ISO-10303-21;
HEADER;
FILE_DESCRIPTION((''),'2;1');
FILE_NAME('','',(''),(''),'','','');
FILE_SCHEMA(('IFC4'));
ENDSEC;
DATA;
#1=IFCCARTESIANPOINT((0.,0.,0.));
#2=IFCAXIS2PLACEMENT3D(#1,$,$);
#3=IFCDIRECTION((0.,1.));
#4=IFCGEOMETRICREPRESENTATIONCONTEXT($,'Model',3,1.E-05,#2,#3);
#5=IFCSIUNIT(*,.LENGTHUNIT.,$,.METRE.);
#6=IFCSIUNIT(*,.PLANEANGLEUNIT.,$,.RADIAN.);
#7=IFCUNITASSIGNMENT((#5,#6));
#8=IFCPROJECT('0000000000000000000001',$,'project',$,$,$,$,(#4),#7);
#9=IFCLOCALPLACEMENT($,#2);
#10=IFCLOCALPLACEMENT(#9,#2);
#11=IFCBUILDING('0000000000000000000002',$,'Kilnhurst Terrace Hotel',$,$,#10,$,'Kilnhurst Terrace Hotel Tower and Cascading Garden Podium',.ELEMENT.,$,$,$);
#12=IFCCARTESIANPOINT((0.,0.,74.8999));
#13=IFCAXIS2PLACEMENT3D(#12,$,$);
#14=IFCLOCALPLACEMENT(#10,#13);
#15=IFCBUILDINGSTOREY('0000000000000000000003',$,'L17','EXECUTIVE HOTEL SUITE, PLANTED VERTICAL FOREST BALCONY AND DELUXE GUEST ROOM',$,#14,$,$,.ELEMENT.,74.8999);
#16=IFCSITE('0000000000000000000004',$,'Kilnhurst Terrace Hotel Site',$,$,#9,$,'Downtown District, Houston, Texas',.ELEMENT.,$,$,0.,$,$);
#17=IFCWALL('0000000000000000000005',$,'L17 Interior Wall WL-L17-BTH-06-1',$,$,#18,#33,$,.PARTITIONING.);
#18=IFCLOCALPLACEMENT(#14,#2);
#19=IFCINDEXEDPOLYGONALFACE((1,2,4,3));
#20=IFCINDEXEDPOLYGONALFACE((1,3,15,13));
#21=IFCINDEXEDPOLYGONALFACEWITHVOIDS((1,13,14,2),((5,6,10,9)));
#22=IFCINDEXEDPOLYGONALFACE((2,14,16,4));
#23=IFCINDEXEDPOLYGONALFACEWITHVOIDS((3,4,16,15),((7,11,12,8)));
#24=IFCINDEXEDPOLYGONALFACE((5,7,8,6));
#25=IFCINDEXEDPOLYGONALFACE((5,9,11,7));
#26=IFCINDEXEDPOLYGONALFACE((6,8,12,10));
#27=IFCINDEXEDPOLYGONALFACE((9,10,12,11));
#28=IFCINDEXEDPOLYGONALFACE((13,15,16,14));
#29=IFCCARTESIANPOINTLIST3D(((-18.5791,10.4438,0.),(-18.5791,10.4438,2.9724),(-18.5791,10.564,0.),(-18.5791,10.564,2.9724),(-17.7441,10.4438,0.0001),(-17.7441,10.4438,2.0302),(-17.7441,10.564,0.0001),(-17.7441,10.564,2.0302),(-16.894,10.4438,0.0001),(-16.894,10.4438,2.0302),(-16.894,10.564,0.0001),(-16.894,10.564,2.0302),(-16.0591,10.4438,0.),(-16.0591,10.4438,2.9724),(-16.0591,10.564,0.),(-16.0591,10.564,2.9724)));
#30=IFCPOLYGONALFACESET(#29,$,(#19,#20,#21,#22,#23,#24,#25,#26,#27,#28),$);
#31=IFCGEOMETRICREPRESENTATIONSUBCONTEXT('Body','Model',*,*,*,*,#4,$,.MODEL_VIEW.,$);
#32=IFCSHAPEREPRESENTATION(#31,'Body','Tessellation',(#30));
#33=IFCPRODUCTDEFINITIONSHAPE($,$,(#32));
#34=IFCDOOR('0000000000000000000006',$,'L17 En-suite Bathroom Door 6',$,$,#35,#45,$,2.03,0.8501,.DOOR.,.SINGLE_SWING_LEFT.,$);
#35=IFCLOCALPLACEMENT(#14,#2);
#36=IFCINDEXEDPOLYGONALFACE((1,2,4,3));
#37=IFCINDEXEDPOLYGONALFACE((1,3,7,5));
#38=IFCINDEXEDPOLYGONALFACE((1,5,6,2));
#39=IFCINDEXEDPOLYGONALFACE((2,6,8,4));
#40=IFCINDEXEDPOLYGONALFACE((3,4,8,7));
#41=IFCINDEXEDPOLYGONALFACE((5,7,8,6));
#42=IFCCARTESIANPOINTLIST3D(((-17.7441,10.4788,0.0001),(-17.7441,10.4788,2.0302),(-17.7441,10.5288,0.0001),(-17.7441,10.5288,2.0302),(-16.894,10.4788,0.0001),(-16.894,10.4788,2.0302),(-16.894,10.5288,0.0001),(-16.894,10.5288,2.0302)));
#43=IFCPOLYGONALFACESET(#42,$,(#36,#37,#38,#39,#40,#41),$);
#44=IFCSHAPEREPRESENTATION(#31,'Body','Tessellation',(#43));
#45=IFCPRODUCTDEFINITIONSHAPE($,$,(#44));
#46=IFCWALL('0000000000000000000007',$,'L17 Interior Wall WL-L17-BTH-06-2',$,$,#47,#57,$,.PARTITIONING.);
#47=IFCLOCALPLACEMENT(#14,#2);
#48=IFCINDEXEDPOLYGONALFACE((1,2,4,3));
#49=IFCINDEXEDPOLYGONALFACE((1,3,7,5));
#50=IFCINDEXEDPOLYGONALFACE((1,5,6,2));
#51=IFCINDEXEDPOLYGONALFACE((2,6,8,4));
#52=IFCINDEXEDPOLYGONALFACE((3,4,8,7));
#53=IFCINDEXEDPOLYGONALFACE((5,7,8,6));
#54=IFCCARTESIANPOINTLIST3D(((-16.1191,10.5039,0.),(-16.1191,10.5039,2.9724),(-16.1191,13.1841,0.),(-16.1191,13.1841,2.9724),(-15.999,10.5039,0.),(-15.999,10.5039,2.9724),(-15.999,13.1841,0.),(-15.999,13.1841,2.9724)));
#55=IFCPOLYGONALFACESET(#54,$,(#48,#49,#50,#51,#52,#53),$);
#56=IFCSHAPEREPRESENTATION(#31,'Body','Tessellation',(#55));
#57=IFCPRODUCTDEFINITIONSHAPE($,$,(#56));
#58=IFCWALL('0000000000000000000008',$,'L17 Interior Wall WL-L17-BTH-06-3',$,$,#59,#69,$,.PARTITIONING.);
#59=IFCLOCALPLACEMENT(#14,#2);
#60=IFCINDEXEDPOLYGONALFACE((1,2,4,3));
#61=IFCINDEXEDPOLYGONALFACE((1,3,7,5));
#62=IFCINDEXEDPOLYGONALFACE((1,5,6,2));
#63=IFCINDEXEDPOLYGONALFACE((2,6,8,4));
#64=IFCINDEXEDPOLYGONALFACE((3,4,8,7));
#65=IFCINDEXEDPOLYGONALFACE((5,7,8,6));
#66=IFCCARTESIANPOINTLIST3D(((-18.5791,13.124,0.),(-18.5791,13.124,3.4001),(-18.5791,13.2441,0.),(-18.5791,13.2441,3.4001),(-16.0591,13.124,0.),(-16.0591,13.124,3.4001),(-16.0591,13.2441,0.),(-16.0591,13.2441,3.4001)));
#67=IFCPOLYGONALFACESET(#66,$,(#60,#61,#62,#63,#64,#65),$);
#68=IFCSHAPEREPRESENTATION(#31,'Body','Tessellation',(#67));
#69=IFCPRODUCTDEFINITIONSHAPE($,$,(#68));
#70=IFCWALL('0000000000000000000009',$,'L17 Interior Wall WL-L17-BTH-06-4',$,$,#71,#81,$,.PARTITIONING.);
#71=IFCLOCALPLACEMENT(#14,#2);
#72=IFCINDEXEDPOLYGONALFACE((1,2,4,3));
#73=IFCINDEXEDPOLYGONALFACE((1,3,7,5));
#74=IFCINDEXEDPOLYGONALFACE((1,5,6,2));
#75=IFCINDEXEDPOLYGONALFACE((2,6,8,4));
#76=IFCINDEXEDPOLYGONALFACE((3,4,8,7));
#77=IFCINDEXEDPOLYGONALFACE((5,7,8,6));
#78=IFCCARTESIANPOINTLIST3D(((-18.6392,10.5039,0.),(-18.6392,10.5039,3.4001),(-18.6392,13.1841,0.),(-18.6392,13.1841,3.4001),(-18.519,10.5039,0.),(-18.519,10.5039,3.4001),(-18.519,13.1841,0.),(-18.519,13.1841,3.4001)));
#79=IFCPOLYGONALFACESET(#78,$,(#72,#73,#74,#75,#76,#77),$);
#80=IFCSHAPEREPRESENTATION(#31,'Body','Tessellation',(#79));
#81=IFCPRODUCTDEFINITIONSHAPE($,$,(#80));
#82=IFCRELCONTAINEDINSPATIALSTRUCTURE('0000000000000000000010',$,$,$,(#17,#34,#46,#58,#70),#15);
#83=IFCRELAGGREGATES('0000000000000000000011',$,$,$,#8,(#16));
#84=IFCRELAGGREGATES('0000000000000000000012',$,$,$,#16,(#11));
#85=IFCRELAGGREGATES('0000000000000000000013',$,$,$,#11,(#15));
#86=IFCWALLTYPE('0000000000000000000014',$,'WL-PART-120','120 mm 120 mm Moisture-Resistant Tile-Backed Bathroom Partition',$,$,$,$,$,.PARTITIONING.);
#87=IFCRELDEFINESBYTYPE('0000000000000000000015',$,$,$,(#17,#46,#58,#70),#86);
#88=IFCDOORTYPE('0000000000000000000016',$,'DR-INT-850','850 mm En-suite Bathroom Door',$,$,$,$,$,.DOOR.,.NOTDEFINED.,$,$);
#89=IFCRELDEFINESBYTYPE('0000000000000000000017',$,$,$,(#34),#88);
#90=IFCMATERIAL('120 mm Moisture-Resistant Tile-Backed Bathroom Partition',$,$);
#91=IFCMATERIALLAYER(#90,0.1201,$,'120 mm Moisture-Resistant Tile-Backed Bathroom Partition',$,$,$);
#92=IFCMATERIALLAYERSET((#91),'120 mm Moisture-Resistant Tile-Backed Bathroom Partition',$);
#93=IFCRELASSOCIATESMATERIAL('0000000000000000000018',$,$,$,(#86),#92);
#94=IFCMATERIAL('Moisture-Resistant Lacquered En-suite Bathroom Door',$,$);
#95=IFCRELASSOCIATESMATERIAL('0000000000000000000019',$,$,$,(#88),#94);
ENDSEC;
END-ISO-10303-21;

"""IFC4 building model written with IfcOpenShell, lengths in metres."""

from ifc_helpers import new_model, si_unit, direction, frame, frame_2d, origin, place, context, subcontext, project, spatial, rectangle, extrude, material, layer, layer_set, type_object, element, fill, save


model = new_model("IFC4")

# Units and contexts
model_context = context("Model", 3, precision=1e-05, world=origin(), true_north=direction((0.0, 1.0)))
body_context = subcontext(model_context, "Body", "Model", "MODEL_VIEW")
ifc_project = project(units=[si_unit("LENGTHUNIT", "METRE"), si_unit("PLANEANGLEUNIT", "RADIAN")], contexts=[model_context])

# Site, building, storey
site_placement = place(None, origin())
site = spatial("IfcSite", under=ifc_project, at=site_placement, Name="Kilnhurst Terrace Hotel Site", LongName="Downtown District, Houston, Texas", CompositionType="ELEMENT", RefElevation=0.0)
building_placement = place(site_placement, origin())
building = spatial("IfcBuilding", under=site, at=building_placement, Name="Kilnhurst Terrace Hotel", LongName="Kilnhurst Terrace Hotel Tower and Cascading Garden Podium", CompositionType="ELEMENT")
storey_placement = place(building_placement, frame((0.0, 0.0, 74.8999)))
storey = spatial("IfcBuildingStorey", under=building, at=storey_placement, Name="L17", Description="EXECUTIVE HOTEL SUITE, PLANTED VERTICAL FOREST BALCONY AND DELUXE GUEST ROOM", CompositionType="ELEMENT", Elevation=74.8999)

# Wall, opening, door
ifc_material_1 = material(Name="120 mm Moisture-Resistant Tile-Backed Bathroom Partition")
ifc_layer_1 = layer(ifc_material_1, 0.1201, Name="120 mm Moisture-Resistant Tile-Backed Bathroom Partition")
ifc_layer_set_1 = layer_set([ifc_layer_1], Name="120 mm Moisture-Resistant Tile-Backed Bathroom Partition")
wall_type_1 = type_object("IfcWallType", Name="WL-PART-120", Description="120 mm 120 mm Moisture-Resistant Tile-Backed Bathroom Partition", PredefinedType="PARTITIONING", material=ifc_layer_set_1)
ifc_material_2 = material(Name="Moisture-Resistant Lacquered En-suite Bathroom Door")
door_type_1 = type_object("IfcDoorType", Name="DR-INT-850", Description="850 mm En-suite Bathroom Door", OperationType="NOTDEFINED", PredefinedType="DOOR", material=ifc_material_2)
wall_1_placement = place(storey_placement, frame((-18.5791, 10.5039, 0.0), z_axis=(0.0, 0.0, 1.0), x_axis=(1.0, 0.0, 0.0)))
wall_1 = element("IfcWall", 1, at=wall_1_placement, inside=storey, type_object=wall_type_1, Name="L17 Interior Wall WL-L17-BTH-06-1", PredefinedType="PARTITIONING", context=body_context, shape_type="SweptSolid", body=[
    extrude(rectangle(XDim=2.52, YDim=0.1201, at=frame_2d((1.26, 0.0))), origin(), (0.0, 0.0, 1.0), 2.9724),
])
opening_1_placement = place(wall_1_placement, frame((0.835, 0.0, 0.0)))
opening_1 = element("IfcOpeningElement", 2, at=opening_1_placement, cuts=wall_1, PredefinedType="OPENING", context=body_context, shape_type="SweptSolid", body=[
    extrude(rectangle(XDim=0.8501, YDim=2.03, at=frame_2d((0.425, 1.0151))), frame((0.0, 0.0701, 0.0), z_axis=(0.0, -1.0, 0.0), x_axis=(1.0, 0.0, 0.0)), (0.0, 0.0, 1.0), 0.1401),
])
door_1_placement = place(opening_1_placement, origin())
door_1 = element("IfcDoor", 3, at=door_1_placement, inside=storey, type_object=door_type_1, Name="L17 En-suite Bathroom Door 6", OperationType="SINGLE_SWING_LEFT", OverallHeight=2.03, OverallWidth=0.8501, PredefinedType="DOOR", context=body_context, shape_type="SweptSolid", body=[
    extrude(rectangle(XDim=0.8501, YDim=2.03, at=frame_2d((0.425, 1.0151))), frame((0.0, 0.0249, 0.0), z_axis=(0.0, -1.0, 0.0), x_axis=(1.0, 0.0, 0.0)), (0.0, 0.0, 1.0), 0.05),
])
fill(opening_1, door_1)

# Walls
wall_2_placement = place(storey_placement, frame((-16.0591, 10.5039, 0.0), z_axis=(0.0, 0.0, 1.0), x_axis=(0.0, 1.0, 0.0)))
element("IfcWall", 4, at=wall_2_placement, inside=storey, type_object=wall_type_1, Name="L17 Interior Wall WL-L17-BTH-06-2", PredefinedType="PARTITIONING", context=body_context, shape_type="SweptSolid", body=[
    extrude(rectangle(XDim=2.6802, YDim=0.1201, at=frame_2d((1.3401, 0.0))), origin(), (0.0, 0.0, 1.0), 2.9724),
])
wall_3_placement = place(storey_placement, frame((-16.0591, 13.1841, 0.0), z_axis=(0.0, 0.0, 1.0), x_axis=(-1.0, 0.0, 0.0)))
element("IfcWall", 5, at=wall_3_placement, inside=storey, type_object=wall_type_1, Name="L17 Interior Wall WL-L17-BTH-06-3", PredefinedType="PARTITIONING", context=body_context, shape_type="SweptSolid", body=[
    extrude(rectangle(XDim=2.52, YDim=0.1201, at=frame_2d((1.26, 0.0))), origin(), (0.0, 0.0, 1.0), 3.4001),
])
wall_4_placement = place(storey_placement, frame((-18.5791, 13.1841, 0.0), z_axis=(0.0, 0.0, 1.0), x_axis=(0.0, -1.0, 0.0)))
element("IfcWall", 6, at=wall_4_placement, inside=storey, type_object=wall_type_1, Name="L17 Interior Wall WL-L17-BTH-06-4", PredefinedType="PARTITIONING", context=body_context, shape_type="SweptSolid", body=[
    extrude(rectangle(XDim=2.6802, YDim=0.1201, at=frame_2d((1.3401, 0.0))), origin(), (0.0, 0.0, 1.0), 3.4001),
])

save(model, "model.ifc")
